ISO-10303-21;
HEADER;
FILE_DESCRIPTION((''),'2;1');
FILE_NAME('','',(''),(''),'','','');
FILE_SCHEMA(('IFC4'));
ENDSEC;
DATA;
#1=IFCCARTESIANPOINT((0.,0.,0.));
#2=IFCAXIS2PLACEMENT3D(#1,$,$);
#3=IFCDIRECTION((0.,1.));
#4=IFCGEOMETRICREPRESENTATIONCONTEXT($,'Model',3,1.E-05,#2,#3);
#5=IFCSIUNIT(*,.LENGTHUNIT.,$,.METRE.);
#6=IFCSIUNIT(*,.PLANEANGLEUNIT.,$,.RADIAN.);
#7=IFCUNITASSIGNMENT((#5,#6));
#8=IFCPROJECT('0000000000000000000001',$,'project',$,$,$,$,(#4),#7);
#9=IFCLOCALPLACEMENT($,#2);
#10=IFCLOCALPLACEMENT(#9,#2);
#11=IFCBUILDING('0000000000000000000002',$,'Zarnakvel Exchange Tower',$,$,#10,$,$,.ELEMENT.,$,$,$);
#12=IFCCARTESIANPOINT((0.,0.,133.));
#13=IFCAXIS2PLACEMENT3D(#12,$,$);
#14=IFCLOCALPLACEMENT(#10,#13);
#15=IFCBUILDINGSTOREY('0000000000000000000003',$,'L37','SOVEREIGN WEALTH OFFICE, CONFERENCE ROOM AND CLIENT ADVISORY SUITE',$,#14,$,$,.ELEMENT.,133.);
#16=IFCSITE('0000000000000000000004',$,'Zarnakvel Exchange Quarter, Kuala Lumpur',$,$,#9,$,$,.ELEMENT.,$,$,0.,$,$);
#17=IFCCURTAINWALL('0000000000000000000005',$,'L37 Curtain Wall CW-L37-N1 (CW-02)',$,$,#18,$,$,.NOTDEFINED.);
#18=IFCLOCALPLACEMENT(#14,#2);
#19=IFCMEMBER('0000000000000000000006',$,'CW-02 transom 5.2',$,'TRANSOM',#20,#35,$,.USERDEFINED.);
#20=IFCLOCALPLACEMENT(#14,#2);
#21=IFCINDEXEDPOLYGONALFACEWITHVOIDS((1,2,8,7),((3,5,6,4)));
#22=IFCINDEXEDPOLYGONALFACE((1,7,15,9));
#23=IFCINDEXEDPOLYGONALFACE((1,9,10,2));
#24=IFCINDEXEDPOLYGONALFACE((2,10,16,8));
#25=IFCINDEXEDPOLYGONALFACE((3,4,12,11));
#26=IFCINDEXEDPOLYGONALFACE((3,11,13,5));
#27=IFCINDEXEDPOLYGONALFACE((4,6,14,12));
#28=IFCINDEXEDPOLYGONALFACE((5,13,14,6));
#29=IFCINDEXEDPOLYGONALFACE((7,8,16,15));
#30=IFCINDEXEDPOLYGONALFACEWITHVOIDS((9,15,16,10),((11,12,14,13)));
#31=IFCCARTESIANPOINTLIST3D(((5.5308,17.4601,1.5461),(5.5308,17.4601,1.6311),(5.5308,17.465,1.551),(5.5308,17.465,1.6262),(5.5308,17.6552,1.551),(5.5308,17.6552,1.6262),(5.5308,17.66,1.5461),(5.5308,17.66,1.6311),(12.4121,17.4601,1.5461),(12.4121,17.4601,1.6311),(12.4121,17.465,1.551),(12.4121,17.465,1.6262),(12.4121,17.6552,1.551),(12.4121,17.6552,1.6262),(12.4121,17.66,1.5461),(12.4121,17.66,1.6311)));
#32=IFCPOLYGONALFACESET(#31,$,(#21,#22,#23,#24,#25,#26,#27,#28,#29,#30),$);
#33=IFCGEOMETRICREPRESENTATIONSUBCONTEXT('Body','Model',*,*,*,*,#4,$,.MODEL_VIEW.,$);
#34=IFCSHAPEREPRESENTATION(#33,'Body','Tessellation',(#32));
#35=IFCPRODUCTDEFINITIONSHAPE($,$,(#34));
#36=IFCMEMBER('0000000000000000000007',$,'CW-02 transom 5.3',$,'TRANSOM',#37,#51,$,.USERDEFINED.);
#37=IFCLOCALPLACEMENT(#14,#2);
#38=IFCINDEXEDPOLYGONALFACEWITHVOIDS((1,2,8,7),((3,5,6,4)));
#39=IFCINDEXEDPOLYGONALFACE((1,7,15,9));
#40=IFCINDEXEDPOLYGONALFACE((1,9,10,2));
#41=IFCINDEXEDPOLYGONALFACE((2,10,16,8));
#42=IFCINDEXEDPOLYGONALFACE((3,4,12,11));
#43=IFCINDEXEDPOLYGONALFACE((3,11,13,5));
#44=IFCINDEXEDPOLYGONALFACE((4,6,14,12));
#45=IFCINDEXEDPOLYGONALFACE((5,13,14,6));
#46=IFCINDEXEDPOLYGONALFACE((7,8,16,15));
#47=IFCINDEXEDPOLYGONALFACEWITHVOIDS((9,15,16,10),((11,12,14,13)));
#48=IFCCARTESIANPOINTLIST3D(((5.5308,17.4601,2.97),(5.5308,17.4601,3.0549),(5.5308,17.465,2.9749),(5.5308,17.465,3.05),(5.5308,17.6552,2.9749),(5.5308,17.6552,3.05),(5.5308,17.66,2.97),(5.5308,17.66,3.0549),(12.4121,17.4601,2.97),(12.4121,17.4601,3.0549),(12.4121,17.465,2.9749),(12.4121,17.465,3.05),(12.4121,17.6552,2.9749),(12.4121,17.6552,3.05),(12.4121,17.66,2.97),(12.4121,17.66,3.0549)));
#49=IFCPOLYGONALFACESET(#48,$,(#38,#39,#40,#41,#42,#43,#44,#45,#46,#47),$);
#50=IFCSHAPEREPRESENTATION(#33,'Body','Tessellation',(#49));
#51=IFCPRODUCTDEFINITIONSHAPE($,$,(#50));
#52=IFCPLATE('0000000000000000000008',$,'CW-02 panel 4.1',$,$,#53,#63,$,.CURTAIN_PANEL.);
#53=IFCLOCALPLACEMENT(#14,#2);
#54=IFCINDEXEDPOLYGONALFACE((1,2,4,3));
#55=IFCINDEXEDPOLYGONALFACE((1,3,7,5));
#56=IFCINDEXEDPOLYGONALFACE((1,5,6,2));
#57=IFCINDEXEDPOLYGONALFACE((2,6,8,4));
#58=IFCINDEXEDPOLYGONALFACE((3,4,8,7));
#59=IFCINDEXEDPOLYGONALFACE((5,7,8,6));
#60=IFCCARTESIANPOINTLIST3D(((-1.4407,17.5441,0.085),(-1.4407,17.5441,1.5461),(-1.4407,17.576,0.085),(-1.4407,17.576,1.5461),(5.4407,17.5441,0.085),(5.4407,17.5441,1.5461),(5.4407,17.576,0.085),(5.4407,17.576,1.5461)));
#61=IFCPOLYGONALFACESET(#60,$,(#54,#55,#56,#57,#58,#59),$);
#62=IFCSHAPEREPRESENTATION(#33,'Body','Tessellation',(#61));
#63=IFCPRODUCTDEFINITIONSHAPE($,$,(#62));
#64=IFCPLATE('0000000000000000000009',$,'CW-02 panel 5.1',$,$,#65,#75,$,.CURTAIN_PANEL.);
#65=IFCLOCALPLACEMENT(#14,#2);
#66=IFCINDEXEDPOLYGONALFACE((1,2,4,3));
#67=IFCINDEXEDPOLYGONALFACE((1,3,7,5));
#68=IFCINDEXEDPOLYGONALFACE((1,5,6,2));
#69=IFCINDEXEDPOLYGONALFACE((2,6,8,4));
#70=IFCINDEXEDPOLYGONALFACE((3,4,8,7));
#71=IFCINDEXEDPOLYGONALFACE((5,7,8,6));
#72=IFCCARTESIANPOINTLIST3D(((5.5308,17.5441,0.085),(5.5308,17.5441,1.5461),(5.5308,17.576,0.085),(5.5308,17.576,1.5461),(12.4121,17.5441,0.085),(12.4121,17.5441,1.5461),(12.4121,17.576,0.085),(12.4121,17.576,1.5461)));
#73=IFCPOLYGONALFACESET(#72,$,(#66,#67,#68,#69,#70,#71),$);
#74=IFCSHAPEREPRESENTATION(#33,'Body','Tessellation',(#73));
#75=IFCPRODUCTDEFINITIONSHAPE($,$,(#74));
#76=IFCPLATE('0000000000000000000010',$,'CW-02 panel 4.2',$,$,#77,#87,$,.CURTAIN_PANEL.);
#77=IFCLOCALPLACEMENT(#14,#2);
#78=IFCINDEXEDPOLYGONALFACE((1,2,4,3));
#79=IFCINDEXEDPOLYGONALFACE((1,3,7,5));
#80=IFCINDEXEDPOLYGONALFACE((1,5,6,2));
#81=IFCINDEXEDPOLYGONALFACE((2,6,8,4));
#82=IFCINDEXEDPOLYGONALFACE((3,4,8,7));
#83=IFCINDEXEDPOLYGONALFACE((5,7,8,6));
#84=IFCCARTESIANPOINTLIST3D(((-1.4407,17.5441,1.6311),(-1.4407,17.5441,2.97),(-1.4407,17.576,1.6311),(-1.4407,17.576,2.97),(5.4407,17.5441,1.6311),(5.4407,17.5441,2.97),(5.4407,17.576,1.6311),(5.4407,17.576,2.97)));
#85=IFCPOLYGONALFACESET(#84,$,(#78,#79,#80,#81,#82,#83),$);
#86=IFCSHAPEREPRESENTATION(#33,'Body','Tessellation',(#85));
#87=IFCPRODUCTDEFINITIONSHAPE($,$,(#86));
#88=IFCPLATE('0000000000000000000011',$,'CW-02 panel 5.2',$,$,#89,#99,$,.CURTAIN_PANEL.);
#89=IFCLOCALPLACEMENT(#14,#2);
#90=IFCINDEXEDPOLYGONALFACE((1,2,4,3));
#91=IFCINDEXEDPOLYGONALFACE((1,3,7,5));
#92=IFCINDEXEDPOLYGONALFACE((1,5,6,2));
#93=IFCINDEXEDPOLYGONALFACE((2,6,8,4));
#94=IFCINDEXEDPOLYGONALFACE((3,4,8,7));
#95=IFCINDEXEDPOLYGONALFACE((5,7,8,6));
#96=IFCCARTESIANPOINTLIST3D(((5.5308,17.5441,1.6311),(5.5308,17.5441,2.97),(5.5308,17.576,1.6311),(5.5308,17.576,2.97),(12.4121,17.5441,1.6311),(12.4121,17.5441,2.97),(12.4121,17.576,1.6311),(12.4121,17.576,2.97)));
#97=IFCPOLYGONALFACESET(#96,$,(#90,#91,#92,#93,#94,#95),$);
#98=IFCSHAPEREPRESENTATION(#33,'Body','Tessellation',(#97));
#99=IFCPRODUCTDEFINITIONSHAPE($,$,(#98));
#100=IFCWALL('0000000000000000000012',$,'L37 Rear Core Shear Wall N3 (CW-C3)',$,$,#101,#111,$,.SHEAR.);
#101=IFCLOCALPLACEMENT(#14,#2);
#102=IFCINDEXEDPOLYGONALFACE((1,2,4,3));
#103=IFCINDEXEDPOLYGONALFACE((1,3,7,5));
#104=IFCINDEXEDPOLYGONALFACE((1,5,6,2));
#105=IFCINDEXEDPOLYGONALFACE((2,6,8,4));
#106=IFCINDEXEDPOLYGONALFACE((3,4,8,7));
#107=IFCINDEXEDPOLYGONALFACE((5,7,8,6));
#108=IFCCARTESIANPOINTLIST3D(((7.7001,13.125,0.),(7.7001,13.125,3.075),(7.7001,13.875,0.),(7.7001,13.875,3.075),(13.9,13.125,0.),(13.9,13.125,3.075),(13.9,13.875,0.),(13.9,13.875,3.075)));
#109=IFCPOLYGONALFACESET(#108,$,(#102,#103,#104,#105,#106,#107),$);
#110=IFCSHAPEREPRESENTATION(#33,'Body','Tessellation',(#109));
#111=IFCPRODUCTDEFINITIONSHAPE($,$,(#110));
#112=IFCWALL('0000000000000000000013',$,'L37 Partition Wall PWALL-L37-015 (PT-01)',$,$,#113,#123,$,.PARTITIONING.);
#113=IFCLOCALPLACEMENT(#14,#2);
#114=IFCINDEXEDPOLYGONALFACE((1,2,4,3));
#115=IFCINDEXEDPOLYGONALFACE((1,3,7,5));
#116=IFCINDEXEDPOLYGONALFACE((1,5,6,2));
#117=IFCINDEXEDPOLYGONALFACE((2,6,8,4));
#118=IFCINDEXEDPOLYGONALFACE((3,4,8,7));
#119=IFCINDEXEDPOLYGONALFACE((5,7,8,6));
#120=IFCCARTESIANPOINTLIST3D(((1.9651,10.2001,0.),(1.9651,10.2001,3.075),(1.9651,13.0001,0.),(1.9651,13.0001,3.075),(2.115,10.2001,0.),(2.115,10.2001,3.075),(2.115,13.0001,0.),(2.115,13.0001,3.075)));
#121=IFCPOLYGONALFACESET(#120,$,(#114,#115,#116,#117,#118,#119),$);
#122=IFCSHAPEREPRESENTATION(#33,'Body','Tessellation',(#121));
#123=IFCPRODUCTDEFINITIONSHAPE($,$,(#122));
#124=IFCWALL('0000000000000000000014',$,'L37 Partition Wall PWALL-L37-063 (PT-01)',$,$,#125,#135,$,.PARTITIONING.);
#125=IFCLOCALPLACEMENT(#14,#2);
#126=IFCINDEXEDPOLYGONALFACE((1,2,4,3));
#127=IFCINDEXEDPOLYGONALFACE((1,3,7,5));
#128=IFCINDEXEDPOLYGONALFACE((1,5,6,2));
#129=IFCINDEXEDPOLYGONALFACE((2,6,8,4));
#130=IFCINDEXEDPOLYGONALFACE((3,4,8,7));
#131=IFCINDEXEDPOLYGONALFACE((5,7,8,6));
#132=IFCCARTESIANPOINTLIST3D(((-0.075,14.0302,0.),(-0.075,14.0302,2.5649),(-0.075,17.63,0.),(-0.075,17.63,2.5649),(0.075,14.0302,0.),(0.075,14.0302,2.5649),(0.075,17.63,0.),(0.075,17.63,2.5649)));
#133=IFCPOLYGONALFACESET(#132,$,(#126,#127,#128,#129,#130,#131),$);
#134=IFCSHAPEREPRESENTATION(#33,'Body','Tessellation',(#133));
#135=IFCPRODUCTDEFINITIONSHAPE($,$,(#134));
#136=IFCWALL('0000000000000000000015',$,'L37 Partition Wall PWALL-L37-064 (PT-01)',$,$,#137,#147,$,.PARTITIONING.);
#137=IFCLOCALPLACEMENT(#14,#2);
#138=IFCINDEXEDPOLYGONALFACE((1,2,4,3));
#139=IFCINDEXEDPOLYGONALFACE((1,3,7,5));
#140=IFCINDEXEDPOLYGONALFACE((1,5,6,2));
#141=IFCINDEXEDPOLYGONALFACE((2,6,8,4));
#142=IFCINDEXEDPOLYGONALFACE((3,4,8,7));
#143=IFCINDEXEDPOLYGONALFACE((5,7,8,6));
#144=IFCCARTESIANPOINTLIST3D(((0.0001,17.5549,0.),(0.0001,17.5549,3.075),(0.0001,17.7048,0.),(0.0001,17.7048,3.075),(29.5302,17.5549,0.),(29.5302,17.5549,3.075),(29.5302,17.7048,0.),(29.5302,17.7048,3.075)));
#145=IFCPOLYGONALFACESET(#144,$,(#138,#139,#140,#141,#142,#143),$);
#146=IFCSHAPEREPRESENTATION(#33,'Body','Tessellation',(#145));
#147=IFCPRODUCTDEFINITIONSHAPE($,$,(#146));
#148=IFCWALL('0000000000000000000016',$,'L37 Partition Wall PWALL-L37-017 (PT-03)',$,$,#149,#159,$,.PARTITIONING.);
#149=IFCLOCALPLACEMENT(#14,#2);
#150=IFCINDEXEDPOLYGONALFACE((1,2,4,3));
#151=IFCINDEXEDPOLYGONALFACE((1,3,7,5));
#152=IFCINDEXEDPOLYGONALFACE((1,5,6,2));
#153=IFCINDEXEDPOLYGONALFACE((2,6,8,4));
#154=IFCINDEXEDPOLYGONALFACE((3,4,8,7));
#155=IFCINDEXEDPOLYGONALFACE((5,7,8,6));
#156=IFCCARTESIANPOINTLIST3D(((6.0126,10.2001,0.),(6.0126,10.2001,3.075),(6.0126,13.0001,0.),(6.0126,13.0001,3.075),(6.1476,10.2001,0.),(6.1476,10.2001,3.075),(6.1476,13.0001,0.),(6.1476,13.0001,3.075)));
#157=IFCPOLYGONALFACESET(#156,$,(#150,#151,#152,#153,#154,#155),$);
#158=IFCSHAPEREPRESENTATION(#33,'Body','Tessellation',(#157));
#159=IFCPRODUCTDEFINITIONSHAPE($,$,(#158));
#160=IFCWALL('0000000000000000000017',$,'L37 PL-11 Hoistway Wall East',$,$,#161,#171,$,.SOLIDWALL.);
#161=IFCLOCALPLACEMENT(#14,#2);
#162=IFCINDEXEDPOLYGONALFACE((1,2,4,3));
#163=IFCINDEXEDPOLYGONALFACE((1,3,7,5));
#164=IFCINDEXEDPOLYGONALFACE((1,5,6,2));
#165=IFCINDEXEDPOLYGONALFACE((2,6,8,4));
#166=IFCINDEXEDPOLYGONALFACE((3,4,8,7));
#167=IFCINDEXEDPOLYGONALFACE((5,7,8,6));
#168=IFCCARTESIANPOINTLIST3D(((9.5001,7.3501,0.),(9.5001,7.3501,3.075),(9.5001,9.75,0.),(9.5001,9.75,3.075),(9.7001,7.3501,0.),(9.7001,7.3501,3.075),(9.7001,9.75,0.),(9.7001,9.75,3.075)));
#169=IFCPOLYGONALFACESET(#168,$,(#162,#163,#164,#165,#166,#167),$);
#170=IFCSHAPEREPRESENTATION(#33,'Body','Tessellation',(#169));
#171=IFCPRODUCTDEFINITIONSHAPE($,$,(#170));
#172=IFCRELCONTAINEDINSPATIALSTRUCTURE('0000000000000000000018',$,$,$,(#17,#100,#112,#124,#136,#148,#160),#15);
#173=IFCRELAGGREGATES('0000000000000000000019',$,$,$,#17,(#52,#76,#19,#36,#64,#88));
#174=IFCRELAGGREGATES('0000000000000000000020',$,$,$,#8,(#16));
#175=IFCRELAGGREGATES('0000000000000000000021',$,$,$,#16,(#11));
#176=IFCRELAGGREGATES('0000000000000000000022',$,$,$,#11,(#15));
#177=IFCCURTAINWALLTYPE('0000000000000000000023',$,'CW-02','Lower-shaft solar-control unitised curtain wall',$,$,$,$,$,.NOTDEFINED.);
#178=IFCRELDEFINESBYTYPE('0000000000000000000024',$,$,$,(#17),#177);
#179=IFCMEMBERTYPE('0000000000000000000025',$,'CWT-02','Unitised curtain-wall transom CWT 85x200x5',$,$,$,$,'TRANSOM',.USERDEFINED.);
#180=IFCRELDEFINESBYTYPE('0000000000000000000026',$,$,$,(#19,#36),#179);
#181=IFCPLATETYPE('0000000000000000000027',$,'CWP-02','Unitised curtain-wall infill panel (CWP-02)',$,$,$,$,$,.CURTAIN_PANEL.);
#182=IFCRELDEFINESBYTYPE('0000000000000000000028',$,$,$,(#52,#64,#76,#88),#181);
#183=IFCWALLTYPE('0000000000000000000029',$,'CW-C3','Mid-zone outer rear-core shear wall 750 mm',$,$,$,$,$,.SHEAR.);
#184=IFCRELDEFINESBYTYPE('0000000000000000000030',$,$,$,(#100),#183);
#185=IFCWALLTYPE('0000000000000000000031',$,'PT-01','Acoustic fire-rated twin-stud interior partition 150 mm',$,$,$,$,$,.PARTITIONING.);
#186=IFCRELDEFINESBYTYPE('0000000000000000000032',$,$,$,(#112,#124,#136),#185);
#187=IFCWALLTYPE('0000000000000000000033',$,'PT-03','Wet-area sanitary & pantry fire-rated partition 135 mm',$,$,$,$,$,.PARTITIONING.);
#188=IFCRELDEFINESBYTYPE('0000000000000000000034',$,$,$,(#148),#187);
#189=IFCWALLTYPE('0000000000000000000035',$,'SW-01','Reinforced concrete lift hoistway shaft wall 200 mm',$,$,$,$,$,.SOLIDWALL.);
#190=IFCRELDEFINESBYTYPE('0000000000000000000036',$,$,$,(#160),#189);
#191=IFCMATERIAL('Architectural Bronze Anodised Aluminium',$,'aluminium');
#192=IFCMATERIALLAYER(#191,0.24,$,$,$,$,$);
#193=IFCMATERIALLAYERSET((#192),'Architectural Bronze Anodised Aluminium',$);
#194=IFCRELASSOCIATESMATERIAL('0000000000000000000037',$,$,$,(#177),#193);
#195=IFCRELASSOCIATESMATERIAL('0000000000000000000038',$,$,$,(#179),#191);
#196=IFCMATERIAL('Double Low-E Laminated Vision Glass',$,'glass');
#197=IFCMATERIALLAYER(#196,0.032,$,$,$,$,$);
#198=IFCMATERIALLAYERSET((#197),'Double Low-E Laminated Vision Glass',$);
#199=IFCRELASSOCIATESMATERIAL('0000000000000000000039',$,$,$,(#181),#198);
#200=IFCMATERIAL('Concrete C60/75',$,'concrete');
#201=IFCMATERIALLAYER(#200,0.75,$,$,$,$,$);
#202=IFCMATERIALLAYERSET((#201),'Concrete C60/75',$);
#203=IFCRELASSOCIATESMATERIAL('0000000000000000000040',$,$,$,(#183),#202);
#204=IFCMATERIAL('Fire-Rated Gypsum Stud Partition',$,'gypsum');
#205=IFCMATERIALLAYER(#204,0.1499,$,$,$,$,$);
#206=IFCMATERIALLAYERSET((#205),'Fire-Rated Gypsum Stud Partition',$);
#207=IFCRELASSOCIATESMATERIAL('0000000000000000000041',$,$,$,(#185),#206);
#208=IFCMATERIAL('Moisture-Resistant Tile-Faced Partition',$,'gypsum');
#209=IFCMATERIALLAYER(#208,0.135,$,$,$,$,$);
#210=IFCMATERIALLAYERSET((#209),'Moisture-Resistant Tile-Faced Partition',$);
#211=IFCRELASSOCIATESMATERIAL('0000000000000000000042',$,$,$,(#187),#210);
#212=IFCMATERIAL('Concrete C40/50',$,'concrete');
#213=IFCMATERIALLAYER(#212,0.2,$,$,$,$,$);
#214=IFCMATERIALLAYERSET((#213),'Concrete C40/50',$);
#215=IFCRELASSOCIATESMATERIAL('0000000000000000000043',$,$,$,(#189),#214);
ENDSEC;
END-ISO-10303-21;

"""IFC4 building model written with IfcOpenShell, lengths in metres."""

from ifc_helpers import new_model, si_unit, direction, frame, frame_2d, origin, origin_2d, place, context, subcontext, project, spatial, rectangle, hollow_rectangle, extrude, source, transform, mapped, material, layer, layer_set, material_profile, profile_set, type_object, element, aggregate, save


model = new_model("IFC4")

# Units and contexts
model_context = context("Model", 3, precision=1e-05, world=origin(), true_north=direction((0.0, 1.0)))
body_context = subcontext(model_context, "Body", "Model", "MODEL_VIEW")
ifc_project = project(units=[si_unit("LENGTHUNIT", "METRE"), si_unit("PLANEANGLEUNIT", "RADIAN")], contexts=[model_context])

# Site, building, storey
site_placement = place(None, origin())
site = spatial("IfcSite", under=ifc_project, at=site_placement, Name="Zarnakvel Exchange Quarter, Kuala Lumpur", CompositionType="ELEMENT", RefElevation=0.0)
building_placement = place(site_placement, origin())
building = spatial("IfcBuilding", under=site, at=building_placement, Name="Zarnakvel Exchange Tower", CompositionType="ELEMENT")
storey_placement = place(building_placement, frame((0.0, 0.0, 133.0)))
storey = spatial("IfcBuildingStorey", under=building, at=storey_placement, Name="L37", Description="SOVEREIGN WEALTH OFFICE, CONFERENCE ROOM AND CLIENT ADVISORY SUITE", CompositionType="ELEMENT", Elevation=133.0)

# Shared definitions
ifc_material_1 = material(Name="Concrete C60/75", Category="concrete")

# Curtain wall, members, plates
ifc_material_2 = material(Name="Architectural Bronze Anodised Aluminium", Category="aluminium")
ifc_layer_1 = layer(ifc_material_2, 0.24)
ifc_layer_set_1 = layer_set([ifc_layer_1], Name="Architectural Bronze Anodised Aluminium")
curtain_wall_type = type_object("IfcCurtainWallType", Name="CW-02", Description="Lower-shaft solar-control unitised curtain wall", PredefinedType="NOTDEFINED", material=ifc_layer_set_1)
curtain_wall_placement = place(storey_placement, origin())
curtain_wall = element("IfcCurtainWall", 1, at=curtain_wall_placement, inside=storey, type_object=curtain_wall_type, Name="L37 Curtain Wall CW-L37-N1 (CW-02)", PredefinedType="NOTDEFINED")
ifc_material_profile_1 = material_profile(ifc_material_2, hollow_rectangle(XDim=0.2, YDim=0.085, WallThickness=0.0049, at=origin_2d()))
ifc_profile_set_1 = profile_set([ifc_material_profile_1], Name="Architectural Bronze Anodised Aluminium")
member_type_1 = type_object("IfcMemberType", Name="CWT-02", Description="Unitised curtain-wall transom CWT 85x200x5", ElementType="TRANSOM", PredefinedType="USERDEFINED", material=ifc_profile_set_1)
shared_shape_1 = source(origin(), body_context, "Body", "SweptSolid", [
    extrude(hollow_rectangle(XDim=0.2, YDim=0.085, WallThickness=0.0049, at=origin_2d()), origin(), (0.0, 0.0, 1.0), 6.8813),
])
member_1_placement = place(storey_placement, frame((5.5308, 17.5601, 1.5886), z_axis=(1.0, 0.0, 0.0), x_axis=(0.0, 1.0, 0.0)))
member_1 = element("IfcMember", 2, at=member_1_placement, type_object=member_type_1, Name="CW-02 transom 5.2", ObjectType="TRANSOM", PredefinedType="USERDEFINED", context=body_context, shape_type="MappedRepresentation", body=[
    mapped(shared_shape_1, transform((0.0, 0.0, 0.0), x_axis=(1.0, 0.0, 0.0), y_axis=(0.0, 1.0, 0.0), z_axis=(0.0, 0.0, 1.0), scale=1.0)),
])
member_2_placement = place(storey_placement, frame((5.5308, 17.5601, 3.0125), z_axis=(1.0, 0.0, 0.0), x_axis=(0.0, 1.0, 0.0)))
member_2 = element("IfcMember", 3, at=member_2_placement, type_object=member_type_1, Name="CW-02 transom 5.3", ObjectType="TRANSOM", PredefinedType="USERDEFINED", context=body_context, shape_type="MappedRepresentation", body=[
    mapped(shared_shape_1, transform((0.0, 0.0, 0.0), x_axis=(1.0, 0.0, 0.0), y_axis=(0.0, 1.0, 0.0), z_axis=(0.0, 0.0, 1.0), scale=1.0)),
])
ifc_material_3 = material(Name="Double Low-E Laminated Vision Glass", Category="glass")
ifc_layer_2 = layer(ifc_material_3, 0.032)
ifc_layer_set_2 = layer_set([ifc_layer_2], Name="Double Low-E Laminated Vision Glass")
plate_type = type_object("IfcPlateType", Name="CWP-02", Description="Unitised curtain-wall infill panel (CWP-02)", PredefinedType="CURTAIN_PANEL", material=ifc_layer_set_2)
shared_shape_2 = source(origin(), body_context, "Body", "SweptSolid", [
    extrude(rectangle(XDim=6.8813, YDim=0.032, at=origin_2d()), origin(), (0.0, 0.0, 1.0), 1.4612),
])
plate_1_placement = place(storey_placement, frame((2.0, 17.5601, 0.085), z_axis=(0.0, 0.0, 1.0), x_axis=(1.0, 0.0, 0.0)))
plate_1 = element("IfcPlate", 4, at=plate_1_placement, type_object=plate_type, Name="CW-02 panel 4.1", PredefinedType="CURTAIN_PANEL", context=body_context, shape_type="MappedRepresentation", body=[
    mapped(shared_shape_2, transform((0.0, 0.0, 0.0), x_axis=(1.0, 0.0, 0.0), y_axis=(0.0, 1.0, 0.0), z_axis=(0.0, 0.0, 1.0), scale=1.0)),
])
plate_2_placement = place(storey_placement, frame((8.9714, 17.5601, 0.085), z_axis=(0.0, 0.0, 1.0), x_axis=(1.0, 0.0, 0.0)))
plate_2 = element("IfcPlate", 5, at=plate_2_placement, type_object=plate_type, Name="CW-02 panel 5.1", PredefinedType="CURTAIN_PANEL", context=body_context, shape_type="MappedRepresentation", body=[
    mapped(shared_shape_2, transform((0.0, 0.0, 0.0), x_axis=(1.0, 0.0, 0.0), y_axis=(0.0, 1.0, 0.0), z_axis=(0.0, 0.0, 1.0), scale=1.0)),
])
shared_shape_3 = source(origin(), body_context, "Body", "SweptSolid", [
    extrude(rectangle(XDim=6.8813, YDim=0.032, at=origin_2d()), origin(), (0.0, 0.0, 1.0), 1.3389),
])
plate_3_placement = place(storey_placement, frame((2.0, 17.5601, 1.6311), z_axis=(0.0, 0.0, 1.0), x_axis=(1.0, 0.0, 0.0)))
plate_3 = element("IfcPlate", 6, at=plate_3_placement, type_object=plate_type, Name="CW-02 panel 4.2", PredefinedType="CURTAIN_PANEL", context=body_context, shape_type="MappedRepresentation", body=[
    mapped(shared_shape_3, transform((0.0, 0.0, 0.0), x_axis=(1.0, 0.0, 0.0), y_axis=(0.0, 1.0, 0.0), z_axis=(0.0, 0.0, 1.0), scale=1.0)),
])
plate_4_placement = place(storey_placement, frame((8.9714, 17.5601, 1.6311), z_axis=(0.0, 0.0, 1.0), x_axis=(1.0, 0.0, 0.0)))
plate_4 = element("IfcPlate", 7, at=plate_4_placement, type_object=plate_type, Name="CW-02 panel 5.2", PredefinedType="CURTAIN_PANEL", context=body_context, shape_type="MappedRepresentation", body=[
    mapped(shared_shape_3, transform((0.0, 0.0, 0.0), x_axis=(1.0, 0.0, 0.0), y_axis=(0.0, 1.0, 0.0), z_axis=(0.0, 0.0, 1.0), scale=1.0)),
])
aggregate(curtain_wall, [plate_1, plate_3, member_1, member_2, plate_2, plate_4])

# Wall
ifc_layer_3 = layer(ifc_material_1, 0.75)
ifc_layer_set_3 = layer_set([ifc_layer_3], Name="Concrete C60/75")
wall_type_1 = type_object("IfcWallType", Name="CW-C3", Description="Mid-zone outer rear-core shear wall 750 mm", PredefinedType="SHEAR", material=ifc_layer_set_3)
wall_1_placement = place(storey_placement, frame((7.7, 13.5, 0.0), z_axis=(0.0, 0.0, 1.0), x_axis=(1.0, 0.0, 0.0)))
element("IfcWall", 8, at=wall_1_placement, inside=storey, type_object=wall_type_1, Name="L37 Rear Core Shear Wall N3 (CW-C3)", PredefinedType="SHEAR", context=body_context, shape_type="SweptSolid", body=[
    extrude(rectangle(XDim=6.2, YDim=0.75, at=frame_2d((3.1001, 0.0))), origin(), (0.0, 0.0, 1.0), 3.075),
])

# Shared definitions
ifc_material_4 = material(Name="Fire-Rated Gypsum Stud Partition", Category="gypsum")
ifc_layer_4 = layer(ifc_material_4, 0.1499)
ifc_layer_set_4 = layer_set([ifc_layer_4], Name="Fire-Rated Gypsum Stud Partition")
wall_type_2 = type_object("IfcWallType", Name="PT-01", Description="Acoustic fire-rated twin-stud interior partition 150 mm", PredefinedType="PARTITIONING", material=ifc_layer_set_4)

# Walls
wall_2_placement = place(storey_placement, frame((2.04, 13.0, 0.0), z_axis=(0.0, 0.0, 1.0), x_axis=(0.0, -1.0, 0.0)))
element("IfcWall", 9, at=wall_2_placement, inside=storey, type_object=wall_type_2, Name="L37 Partition Wall PWALL-L37-015 (PT-01)", PredefinedType="PARTITIONING", context=body_context, shape_type="SweptSolid", body=[
    extrude(rectangle(XDim=2.8, YDim=0.1499, at=frame_2d((1.3999, 0.0))), origin(), (0.0, 0.0, 1.0), 3.075),
])
wall_3_placement = place(storey_placement, frame((0.0, 17.6299, 0.0), z_axis=(0.0, 0.0, 1.0), x_axis=(0.0, -1.0, 0.0)))
element("IfcWall", 10, at=wall_3_placement, inside=storey, type_object=wall_type_2, Name="L37 Partition Wall PWALL-L37-063 (PT-01)", PredefinedType="PARTITIONING", context=body_context, shape_type="SweptSolid", body=[
    extrude(rectangle(XDim=3.5999, YDim=0.1499, at=frame_2d((1.7998, 0.0))), origin(), (0.0, 0.0, 1.0), 2.5649),
])
wall_4_placement = place(storey_placement, frame((0.0, 17.6299, 0.0), z_axis=(0.0, 0.0, 1.0), x_axis=(1.0, 0.0, 0.0)))
element("IfcWall", 11, at=wall_4_placement, inside=storey, type_object=wall_type_2, Name="L37 Partition Wall PWALL-L37-064 (PT-01)", PredefinedType="PARTITIONING", context=body_context, shape_type="SweptSolid", body=[
    extrude(rectangle(XDim=29.53, YDim=0.1499, at=frame_2d((14.7651, 0.0))), origin(), (0.0, 0.0, 1.0), 3.075),
])

# Shared definitions
ifc_material_5 = material(Name="Moisture-Resistant Tile-Faced Partition", Category="gypsum")
ifc_layer_5 = layer(ifc_material_5, 0.135)
ifc_layer_set_5 = layer_set([ifc_layer_5], Name="Moisture-Resistant Tile-Faced Partition")
wall_type_3 = type_object("IfcWallType", Name="PT-03", Description="Wet-area sanitary & pantry fire-rated partition 135 mm", PredefinedType="PARTITIONING", material=ifc_layer_set_5)

# Walls
wall_5_placement = place(storey_placement, frame((6.0801, 13.0, 0.0), z_axis=(0.0, 0.0, 1.0), x_axis=(0.0, -1.0, 0.0)))
element("IfcWall", 12, at=wall_5_placement, inside=storey, type_object=wall_type_3, Name="L37 Partition Wall PWALL-L37-017 (PT-03)", PredefinedType="PARTITIONING", context=body_context, shape_type="SweptSolid", body=[
    extrude(rectangle(XDim=2.8, YDim=0.135, at=frame_2d((1.3999, 0.0))), origin(), (0.0, 0.0, 1.0), 3.075),
])
ifc_material_6 = material(Name="Concrete C40/50", Category="concrete")
ifc_layer_6 = layer(ifc_material_6, 0.2)
ifc_layer_set_6 = layer_set([ifc_layer_6], Name="Concrete C40/50")
wall_type_4 = type_object("IfcWallType", Name="SW-01", Description="Reinforced concrete lift hoistway shaft wall 200 mm", PredefinedType="SOLIDWALL", material=ifc_layer_set_6)
wall_6_placement = place(storey_placement, frame((9.6001, 9.75, 0.0), z_axis=(0.0, 0.0, 1.0), x_axis=(0.0, -1.0, 0.0)))
element("IfcWall", 13, at=wall_6_placement, inside=storey, type_object=wall_type_4, Name="L37 PL-11 Hoistway Wall East", PredefinedType="SOLIDWALL", context=body_context, shape_type="SweptSolid", body=[
    extrude(rectangle(XDim=2.3999, YDim=0.2, at=frame_2d((1.2, 0.0))), origin(), (0.0, 0.0, 1.0), 3.075),
])

save(model, "model.ifc")
